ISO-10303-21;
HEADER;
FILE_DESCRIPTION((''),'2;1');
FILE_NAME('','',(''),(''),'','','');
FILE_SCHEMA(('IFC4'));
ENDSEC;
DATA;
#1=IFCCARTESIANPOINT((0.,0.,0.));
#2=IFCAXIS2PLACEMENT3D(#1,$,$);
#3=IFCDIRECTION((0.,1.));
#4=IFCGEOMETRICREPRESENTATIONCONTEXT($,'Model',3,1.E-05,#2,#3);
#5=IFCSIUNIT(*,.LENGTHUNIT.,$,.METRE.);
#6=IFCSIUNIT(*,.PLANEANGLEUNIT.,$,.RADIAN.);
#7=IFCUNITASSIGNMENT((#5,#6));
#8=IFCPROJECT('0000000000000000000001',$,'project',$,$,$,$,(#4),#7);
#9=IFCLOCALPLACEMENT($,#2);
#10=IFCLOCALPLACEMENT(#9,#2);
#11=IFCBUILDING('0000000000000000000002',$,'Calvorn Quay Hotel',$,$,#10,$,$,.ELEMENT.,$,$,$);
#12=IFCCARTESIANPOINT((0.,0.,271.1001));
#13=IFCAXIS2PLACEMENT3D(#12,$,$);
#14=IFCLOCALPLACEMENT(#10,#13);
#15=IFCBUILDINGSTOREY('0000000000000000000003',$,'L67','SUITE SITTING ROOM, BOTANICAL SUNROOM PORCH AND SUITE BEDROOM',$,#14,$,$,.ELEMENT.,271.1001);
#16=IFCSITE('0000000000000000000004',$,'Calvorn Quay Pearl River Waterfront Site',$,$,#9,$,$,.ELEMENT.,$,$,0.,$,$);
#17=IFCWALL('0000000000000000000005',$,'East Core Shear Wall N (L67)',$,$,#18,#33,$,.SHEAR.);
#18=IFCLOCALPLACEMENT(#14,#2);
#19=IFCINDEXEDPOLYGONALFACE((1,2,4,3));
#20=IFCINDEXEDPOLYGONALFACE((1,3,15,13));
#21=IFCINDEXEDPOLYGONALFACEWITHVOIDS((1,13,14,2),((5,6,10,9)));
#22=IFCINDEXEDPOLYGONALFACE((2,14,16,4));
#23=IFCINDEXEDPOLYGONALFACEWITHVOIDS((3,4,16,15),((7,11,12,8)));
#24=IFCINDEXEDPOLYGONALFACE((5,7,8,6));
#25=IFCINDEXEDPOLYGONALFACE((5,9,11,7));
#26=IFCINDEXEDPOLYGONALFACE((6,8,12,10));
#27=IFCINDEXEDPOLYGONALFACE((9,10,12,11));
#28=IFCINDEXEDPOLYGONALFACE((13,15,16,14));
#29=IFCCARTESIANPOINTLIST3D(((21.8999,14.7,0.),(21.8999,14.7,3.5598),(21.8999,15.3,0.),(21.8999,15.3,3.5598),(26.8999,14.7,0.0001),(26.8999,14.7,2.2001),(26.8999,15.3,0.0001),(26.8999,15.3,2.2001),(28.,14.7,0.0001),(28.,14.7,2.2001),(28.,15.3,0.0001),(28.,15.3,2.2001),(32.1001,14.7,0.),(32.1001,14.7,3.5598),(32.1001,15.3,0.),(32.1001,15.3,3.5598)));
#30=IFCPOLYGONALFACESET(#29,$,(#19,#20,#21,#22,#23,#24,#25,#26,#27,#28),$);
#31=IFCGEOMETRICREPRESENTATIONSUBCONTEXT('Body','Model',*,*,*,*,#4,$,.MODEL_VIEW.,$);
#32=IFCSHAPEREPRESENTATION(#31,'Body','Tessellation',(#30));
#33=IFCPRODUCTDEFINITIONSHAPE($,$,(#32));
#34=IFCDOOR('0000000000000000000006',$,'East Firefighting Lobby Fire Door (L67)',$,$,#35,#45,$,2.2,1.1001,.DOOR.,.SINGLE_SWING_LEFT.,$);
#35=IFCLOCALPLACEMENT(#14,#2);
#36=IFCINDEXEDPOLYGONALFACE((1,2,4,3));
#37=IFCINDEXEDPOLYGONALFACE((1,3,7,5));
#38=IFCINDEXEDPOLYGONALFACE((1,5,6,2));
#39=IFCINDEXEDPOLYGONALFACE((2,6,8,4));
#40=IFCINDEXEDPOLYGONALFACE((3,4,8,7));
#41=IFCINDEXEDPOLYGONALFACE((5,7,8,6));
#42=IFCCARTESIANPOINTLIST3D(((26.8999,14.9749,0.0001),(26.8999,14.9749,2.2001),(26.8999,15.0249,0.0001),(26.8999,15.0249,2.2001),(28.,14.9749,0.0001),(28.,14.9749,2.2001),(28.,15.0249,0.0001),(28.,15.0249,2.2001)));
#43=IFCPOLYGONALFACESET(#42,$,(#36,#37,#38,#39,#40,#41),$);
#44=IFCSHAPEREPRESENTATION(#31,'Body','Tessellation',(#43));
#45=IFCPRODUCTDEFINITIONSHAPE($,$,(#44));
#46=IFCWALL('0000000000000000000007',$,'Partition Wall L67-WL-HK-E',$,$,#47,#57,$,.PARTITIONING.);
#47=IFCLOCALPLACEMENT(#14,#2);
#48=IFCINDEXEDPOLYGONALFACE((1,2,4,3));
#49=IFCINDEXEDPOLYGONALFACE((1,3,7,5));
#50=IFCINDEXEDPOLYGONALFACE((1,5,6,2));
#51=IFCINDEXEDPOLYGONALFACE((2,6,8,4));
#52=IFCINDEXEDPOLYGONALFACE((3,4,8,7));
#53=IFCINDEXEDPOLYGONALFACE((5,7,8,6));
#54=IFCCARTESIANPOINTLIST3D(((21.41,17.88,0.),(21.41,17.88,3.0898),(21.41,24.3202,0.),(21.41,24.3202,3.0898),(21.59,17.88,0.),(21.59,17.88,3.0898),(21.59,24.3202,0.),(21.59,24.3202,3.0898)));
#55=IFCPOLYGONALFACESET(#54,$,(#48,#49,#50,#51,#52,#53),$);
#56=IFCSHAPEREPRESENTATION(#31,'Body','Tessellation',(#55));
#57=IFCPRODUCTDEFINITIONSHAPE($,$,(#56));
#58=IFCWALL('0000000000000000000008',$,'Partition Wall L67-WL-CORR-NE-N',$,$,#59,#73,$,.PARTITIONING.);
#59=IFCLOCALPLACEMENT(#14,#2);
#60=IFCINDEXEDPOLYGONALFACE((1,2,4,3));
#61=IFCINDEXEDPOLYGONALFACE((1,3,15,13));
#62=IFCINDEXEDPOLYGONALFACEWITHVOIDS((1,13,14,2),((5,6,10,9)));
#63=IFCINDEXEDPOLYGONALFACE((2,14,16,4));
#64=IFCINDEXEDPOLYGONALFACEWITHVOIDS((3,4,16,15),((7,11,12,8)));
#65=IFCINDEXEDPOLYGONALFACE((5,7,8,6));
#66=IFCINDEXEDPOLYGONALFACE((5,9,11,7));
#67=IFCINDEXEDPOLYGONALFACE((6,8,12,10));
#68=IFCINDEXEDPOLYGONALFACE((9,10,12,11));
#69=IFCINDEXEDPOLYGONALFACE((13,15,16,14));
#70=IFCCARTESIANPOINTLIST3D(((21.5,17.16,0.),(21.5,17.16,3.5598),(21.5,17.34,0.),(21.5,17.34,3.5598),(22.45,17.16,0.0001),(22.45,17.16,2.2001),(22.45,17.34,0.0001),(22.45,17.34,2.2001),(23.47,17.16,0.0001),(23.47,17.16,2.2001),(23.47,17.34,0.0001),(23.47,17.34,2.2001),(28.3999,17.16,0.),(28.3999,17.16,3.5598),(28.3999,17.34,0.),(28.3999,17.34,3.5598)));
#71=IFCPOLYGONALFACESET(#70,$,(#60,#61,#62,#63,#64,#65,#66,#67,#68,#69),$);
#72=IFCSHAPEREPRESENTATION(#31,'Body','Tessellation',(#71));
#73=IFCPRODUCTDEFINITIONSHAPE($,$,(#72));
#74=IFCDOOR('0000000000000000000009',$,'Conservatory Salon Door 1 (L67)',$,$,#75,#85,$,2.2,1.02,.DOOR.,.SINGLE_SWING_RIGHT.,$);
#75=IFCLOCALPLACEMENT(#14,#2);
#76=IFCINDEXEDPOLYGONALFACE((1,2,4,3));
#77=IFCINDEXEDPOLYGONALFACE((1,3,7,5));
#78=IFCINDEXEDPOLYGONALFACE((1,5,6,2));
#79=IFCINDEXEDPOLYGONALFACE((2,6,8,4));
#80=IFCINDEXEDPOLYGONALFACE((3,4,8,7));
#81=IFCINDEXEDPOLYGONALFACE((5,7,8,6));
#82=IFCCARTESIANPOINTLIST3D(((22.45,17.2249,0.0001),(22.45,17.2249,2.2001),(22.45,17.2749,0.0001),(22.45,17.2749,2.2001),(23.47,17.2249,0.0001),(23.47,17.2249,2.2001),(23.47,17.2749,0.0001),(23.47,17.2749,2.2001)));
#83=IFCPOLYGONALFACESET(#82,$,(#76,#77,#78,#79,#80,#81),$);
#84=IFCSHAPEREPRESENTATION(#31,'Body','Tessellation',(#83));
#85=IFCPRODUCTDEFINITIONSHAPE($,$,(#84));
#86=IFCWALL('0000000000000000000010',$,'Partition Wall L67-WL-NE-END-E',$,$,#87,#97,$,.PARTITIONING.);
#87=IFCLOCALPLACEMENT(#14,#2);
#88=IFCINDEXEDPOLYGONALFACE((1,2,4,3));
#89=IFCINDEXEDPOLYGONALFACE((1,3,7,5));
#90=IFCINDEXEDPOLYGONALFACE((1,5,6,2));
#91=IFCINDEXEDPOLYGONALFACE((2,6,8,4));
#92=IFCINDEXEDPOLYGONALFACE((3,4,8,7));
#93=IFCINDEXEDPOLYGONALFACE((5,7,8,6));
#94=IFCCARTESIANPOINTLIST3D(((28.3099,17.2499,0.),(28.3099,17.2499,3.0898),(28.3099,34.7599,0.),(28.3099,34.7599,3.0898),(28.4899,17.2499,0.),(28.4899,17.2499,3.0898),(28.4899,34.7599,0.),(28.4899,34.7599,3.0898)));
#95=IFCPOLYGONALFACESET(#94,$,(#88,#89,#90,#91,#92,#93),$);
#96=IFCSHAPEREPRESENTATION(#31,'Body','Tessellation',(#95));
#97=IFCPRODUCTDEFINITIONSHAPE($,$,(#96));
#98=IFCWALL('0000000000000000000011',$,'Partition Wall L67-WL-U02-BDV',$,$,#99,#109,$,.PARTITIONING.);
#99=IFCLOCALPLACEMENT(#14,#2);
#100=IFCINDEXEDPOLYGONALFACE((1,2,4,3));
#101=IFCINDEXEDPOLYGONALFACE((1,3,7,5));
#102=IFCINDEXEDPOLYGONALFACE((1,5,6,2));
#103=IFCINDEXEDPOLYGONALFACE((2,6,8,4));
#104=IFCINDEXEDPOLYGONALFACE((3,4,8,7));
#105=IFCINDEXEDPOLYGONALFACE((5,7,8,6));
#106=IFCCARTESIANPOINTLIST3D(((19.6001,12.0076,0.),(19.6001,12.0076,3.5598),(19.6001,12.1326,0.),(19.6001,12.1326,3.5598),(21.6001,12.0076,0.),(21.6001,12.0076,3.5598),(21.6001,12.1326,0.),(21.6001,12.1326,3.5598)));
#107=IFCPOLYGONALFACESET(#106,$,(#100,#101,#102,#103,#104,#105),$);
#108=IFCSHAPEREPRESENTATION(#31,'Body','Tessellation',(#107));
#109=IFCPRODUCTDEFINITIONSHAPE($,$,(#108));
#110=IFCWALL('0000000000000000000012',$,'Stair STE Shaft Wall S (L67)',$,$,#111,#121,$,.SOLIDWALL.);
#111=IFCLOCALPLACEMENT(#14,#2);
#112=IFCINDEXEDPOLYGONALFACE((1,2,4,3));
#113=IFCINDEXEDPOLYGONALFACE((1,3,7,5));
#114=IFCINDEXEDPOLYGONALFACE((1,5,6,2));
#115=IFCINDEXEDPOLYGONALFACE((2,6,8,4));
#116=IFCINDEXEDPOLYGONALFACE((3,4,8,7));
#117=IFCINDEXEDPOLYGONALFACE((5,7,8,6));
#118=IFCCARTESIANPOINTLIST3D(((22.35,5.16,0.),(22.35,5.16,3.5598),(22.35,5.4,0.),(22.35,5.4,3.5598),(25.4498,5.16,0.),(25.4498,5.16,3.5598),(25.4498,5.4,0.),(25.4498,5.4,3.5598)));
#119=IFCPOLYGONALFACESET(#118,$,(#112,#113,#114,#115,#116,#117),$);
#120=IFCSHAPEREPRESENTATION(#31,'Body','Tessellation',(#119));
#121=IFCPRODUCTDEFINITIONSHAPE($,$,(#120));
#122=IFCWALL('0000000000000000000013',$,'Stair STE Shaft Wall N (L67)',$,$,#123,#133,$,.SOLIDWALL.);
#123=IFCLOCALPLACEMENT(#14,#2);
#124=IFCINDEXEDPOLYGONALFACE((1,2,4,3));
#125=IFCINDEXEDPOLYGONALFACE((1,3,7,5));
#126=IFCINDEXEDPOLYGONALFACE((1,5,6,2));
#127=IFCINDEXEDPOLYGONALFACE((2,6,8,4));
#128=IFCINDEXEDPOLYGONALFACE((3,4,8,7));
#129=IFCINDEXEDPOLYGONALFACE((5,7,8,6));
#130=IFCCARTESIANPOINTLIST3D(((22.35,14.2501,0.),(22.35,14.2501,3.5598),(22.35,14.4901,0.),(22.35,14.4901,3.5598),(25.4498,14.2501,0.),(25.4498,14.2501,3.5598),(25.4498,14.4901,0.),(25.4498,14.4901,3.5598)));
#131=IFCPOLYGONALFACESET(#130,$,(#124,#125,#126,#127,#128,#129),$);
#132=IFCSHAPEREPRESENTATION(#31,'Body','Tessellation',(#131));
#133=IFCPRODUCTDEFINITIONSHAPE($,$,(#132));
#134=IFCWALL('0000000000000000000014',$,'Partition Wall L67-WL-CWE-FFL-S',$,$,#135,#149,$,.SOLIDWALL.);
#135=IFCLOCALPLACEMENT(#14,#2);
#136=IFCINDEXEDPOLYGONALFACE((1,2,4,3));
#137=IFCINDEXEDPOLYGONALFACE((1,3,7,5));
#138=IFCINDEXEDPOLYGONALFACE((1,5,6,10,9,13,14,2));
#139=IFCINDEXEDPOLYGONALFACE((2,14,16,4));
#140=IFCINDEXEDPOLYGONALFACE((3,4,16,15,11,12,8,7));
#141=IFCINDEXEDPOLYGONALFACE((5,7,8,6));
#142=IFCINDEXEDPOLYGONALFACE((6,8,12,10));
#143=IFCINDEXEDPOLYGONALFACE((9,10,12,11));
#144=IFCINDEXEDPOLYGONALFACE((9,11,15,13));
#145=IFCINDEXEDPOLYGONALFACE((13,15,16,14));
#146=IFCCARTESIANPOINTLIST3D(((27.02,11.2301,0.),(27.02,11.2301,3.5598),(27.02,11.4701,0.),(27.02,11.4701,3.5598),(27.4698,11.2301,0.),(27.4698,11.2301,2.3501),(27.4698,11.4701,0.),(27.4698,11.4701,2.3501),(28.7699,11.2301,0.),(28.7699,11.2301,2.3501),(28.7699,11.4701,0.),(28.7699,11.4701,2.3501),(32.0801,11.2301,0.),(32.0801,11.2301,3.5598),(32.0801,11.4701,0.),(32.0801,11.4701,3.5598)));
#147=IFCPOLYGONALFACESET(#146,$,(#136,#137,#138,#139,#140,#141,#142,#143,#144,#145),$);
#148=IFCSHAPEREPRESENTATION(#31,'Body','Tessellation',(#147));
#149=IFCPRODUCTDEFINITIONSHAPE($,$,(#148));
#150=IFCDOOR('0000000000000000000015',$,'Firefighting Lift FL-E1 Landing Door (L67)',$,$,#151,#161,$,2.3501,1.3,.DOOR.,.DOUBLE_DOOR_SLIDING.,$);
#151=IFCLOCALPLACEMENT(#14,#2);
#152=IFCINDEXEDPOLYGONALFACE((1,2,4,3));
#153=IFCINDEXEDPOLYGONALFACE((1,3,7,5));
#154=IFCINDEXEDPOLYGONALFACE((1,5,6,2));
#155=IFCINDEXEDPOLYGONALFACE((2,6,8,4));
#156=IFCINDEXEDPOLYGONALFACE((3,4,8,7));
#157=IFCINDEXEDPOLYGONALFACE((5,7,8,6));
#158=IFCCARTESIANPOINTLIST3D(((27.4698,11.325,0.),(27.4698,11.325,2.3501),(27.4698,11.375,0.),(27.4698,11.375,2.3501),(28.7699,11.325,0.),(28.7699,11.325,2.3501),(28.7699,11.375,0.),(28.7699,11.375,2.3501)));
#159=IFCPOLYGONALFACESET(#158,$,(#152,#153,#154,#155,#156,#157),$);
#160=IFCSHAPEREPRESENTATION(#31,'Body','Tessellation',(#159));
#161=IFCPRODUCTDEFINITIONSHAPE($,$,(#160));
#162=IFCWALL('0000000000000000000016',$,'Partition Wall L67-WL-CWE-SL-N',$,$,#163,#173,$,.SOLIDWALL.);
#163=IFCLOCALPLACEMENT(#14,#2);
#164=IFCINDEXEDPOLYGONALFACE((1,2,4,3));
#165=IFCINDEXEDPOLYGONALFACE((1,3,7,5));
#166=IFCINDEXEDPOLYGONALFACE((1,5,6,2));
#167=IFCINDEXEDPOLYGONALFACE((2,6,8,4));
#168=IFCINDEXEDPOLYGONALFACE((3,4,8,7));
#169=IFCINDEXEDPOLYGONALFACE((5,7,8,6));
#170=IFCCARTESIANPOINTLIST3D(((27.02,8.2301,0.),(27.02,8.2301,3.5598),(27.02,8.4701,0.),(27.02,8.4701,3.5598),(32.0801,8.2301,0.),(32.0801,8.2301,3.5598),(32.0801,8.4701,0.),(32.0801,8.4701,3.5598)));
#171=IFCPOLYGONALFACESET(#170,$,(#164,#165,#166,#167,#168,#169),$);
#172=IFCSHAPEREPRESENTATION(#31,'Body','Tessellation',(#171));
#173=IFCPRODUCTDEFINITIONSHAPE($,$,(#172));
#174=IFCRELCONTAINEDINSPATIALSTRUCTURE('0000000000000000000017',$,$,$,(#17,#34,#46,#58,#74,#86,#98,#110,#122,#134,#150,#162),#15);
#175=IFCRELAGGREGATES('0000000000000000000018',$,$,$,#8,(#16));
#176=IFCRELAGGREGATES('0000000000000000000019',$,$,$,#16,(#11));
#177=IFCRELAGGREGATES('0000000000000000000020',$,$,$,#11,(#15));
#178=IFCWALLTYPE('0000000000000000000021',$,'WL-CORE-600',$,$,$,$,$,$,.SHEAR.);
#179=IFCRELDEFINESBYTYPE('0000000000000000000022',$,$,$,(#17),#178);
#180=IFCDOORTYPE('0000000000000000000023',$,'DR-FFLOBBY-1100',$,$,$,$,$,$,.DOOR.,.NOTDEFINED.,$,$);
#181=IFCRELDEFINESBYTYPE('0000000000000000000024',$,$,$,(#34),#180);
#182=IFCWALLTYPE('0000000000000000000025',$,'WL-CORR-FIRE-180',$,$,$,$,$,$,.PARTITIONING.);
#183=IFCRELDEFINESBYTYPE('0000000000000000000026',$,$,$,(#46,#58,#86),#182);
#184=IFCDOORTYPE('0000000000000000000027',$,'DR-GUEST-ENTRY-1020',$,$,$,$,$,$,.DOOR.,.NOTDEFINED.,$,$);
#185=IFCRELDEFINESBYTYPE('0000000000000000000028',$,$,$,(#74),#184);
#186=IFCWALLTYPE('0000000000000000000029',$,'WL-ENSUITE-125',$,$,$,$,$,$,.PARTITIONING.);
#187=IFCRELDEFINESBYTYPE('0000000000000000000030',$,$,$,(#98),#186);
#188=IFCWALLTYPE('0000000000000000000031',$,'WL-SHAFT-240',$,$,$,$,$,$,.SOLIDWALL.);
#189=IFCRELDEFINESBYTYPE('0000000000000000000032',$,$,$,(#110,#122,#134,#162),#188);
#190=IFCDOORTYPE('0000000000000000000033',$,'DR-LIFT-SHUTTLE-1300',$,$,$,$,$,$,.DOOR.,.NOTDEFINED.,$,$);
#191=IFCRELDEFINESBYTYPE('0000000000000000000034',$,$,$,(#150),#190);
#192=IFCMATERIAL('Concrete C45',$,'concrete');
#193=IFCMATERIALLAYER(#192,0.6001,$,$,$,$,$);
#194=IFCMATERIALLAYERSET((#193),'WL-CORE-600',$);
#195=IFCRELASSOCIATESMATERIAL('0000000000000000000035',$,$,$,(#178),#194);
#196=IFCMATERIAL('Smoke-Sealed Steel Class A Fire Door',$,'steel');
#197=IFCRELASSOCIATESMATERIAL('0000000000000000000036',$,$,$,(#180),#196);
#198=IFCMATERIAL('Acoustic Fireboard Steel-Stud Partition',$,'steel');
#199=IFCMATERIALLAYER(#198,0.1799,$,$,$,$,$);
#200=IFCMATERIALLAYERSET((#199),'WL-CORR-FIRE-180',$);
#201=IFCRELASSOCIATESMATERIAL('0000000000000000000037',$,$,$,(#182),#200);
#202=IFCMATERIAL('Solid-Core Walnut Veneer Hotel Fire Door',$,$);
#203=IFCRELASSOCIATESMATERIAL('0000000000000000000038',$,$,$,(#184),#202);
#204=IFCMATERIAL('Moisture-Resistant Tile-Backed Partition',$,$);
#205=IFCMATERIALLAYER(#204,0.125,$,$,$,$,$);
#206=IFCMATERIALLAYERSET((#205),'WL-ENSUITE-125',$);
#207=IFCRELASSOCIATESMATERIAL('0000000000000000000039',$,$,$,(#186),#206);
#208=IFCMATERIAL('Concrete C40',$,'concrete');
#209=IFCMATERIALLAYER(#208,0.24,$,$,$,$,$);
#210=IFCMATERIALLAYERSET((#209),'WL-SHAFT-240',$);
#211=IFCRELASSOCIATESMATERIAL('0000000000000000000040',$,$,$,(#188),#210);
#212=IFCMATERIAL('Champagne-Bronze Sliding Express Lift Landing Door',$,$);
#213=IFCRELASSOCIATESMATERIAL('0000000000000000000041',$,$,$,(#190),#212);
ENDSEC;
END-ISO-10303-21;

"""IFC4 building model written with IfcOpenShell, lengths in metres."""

from ifc_helpers import new_model, si_unit, direction, frame, frame_2d, origin, place, context, subcontext, project, spatial, rectangle, extrude, material, layer, layer_set, type_object, element, fill, save


model = new_model("IFC4")

# Units and contexts
model_context = context("Model", 3, precision=1e-05, world=origin(), true_north=direction((0.0, 1.0)))
body_context = subcontext(model_context, "Body", "Model", "MODEL_VIEW")
ifc_project = project(units=[si_unit("LENGTHUNIT", "METRE"), si_unit("PLANEANGLEUNIT", "RADIAN")], contexts=[model_context])

# Site, building, storey
site_placement = place(None, origin())
site = spatial("IfcSite", under=ifc_project, at=site_placement, Name="Calvorn Quay Pearl River Waterfront Site", CompositionType="ELEMENT", RefElevation=0.0)
building_placement = place(site_placement, origin())
building = spatial("IfcBuilding", under=site, at=building_placement, Name="Calvorn Quay Hotel", CompositionType="ELEMENT")
storey_placement = place(building_placement, frame((0.0, 0.0, 271.1001)))
storey = spatial("IfcBuildingStorey", under=building, at=storey_placement, Name="L67", Description="SUITE SITTING ROOM, BOTANICAL SUNROOM PORCH AND SUITE BEDROOM", CompositionType="ELEMENT", Elevation=271.1001)

# Wall, opening, door
ifc_material_1 = material(Name="Concrete C45", Category="concrete")
ifc_layer_1 = layer(ifc_material_1, 0.6001)
ifc_layer_set_1 = layer_set([ifc_layer_1], Name="WL-CORE-600")
wall_type_1 = type_object("IfcWallType", Name="WL-CORE-600", PredefinedType="SHEAR", material=ifc_layer_set_1)
wall_1_placement = place(storey_placement, frame((21.8999, 15.0, 0.0), z_axis=(0.0, 0.0, 1.0), x_axis=(1.0, 0.0, 0.0)))
wall_1 = element("IfcWall", 1, at=wall_1_placement, inside=storey, type_object=wall_type_1, Name="East Core Shear Wall N (L67)", PredefinedType="SHEAR", context=body_context, shape_type="SweptSolid", body=[
    extrude(rectangle(XDim=10.2002, YDim=0.6001, at=frame_2d((5.1001, 0.0))), origin(), (0.0, 0.0, 1.0), 3.5598),
])
opening_1_placement = place(wall_1_placement, frame((5.0, 0.0, 0.0)))
opening_1 = element("IfcOpeningElement", 2, at=opening_1_placement, cuts=wall_1, PredefinedType="OPENING", context=body_context, shape_type="SweptSolid", body=[
    extrude(rectangle(XDim=1.1001, YDim=2.2, at=frame_2d((0.55, 1.1001))), frame((0.0, 0.3101, 0.0), z_axis=(0.0, -1.0, 0.0), x_axis=(1.0, 0.0, 0.0)), (0.0, 0.0, 1.0), 0.6201),
])
ifc_material_2 = material(Name="Smoke-Sealed Steel Class A Fire Door", Category="steel")
door_type_1 = type_object("IfcDoorType", Name="DR-FFLOBBY-1100", OperationType="NOTDEFINED", PredefinedType="DOOR", material=ifc_material_2)
door_1_placement = place(opening_1_placement, origin())
door_1 = element("IfcDoor", 3, at=door_1_placement, inside=storey, type_object=door_type_1, Name="East Firefighting Lobby Fire Door (L67)", OperationType="SINGLE_SWING_LEFT", OverallHeight=2.2, OverallWidth=1.1001, PredefinedType="DOOR", context=body_context, shape_type="SweptSolid", body=[
    extrude(rectangle(XDim=1.1001, YDim=2.2, at=frame_2d((0.55, 1.1001))), frame((0.0, 0.0249, 0.0), z_axis=(0.0, -1.0, 0.0), x_axis=(1.0, 0.0, 0.0)), (0.0, 0.0, 1.0), 0.05),
])
fill(opening_1, door_1)

# Wall
ifc_material_3 = material(Name="Acoustic Fireboard Steel-Stud Partition", Category="steel")
ifc_layer_2 = layer(ifc_material_3, 0.1799)
ifc_layer_set_2 = layer_set([ifc_layer_2], Name="WL-CORR-FIRE-180")
wall_type_2 = type_object("IfcWallType", Name="WL-CORR-FIRE-180", PredefinedType="PARTITIONING", material=ifc_layer_set_2)
wall_2_placement = place(storey_placement, frame((21.5, 17.8799, 0.0), z_axis=(0.0, 0.0, 1.0), x_axis=(0.0, 1.0, 0.0)))
element("IfcWall", 4, at=wall_2_placement, inside=storey, type_object=wall_type_2, Name="Partition Wall L67-WL-HK-E", PredefinedType="PARTITIONING", context=body_context, shape_type="SweptSolid", body=[
    extrude(rectangle(XDim=6.4402, YDim=0.1799, at=frame_2d((3.2202, 0.0))), origin(), (0.0, 0.0, 1.0), 3.0898),
])

# Wall, opening, door
wall_3_placement = place(storey_placement, frame((21.5, 17.25, 0.0), z_axis=(0.0, 0.0, 1.0), x_axis=(1.0, 0.0, 0.0)))
wall_3 = element("IfcWall", 5, at=wall_3_placement, inside=storey, type_object=wall_type_2, Name="Partition Wall L67-WL-CORR-NE-N", PredefinedType="PARTITIONING", context=body_context, shape_type="SweptSolid", body=[
    extrude(rectangle(XDim=6.8999, YDim=0.1799, at=frame_2d((3.45, 0.0))), origin(), (0.0, 0.0, 1.0), 3.5598),
])
opening_2_placement = place(wall_3_placement, frame((0.95, 0.0, 0.0)))
opening_2 = element("IfcOpeningElement", 6, at=opening_2_placement, cuts=wall_3, PredefinedType="OPENING", context=body_context, shape_type="SweptSolid", body=[
    extrude(rectangle(XDim=1.02, YDim=2.2, at=frame_2d((0.51, 1.1001))), frame((0.0, 0.0999, 0.0), z_axis=(0.0, -1.0, 0.0), x_axis=(1.0, 0.0, 0.0)), (0.0, 0.0, 1.0), 0.2),
])
ifc_material_4 = material(Name="Solid-Core Walnut Veneer Hotel Fire Door")
door_type_2 = type_object("IfcDoorType", Name="DR-GUEST-ENTRY-1020", OperationType="NOTDEFINED", PredefinedType="DOOR", material=ifc_material_4)
door_2_placement = place(opening_2_placement, origin())
door_2 = element("IfcDoor", 7, at=door_2_placement, inside=storey, type_object=door_type_2, Name="Conservatory Salon Door 1 (L67)", OperationType="SINGLE_SWING_RIGHT", OverallHeight=2.2, OverallWidth=1.02, PredefinedType="DOOR", context=body_context, shape_type="SweptSolid", body=[
    extrude(rectangle(XDim=1.02, YDim=2.2, at=frame_2d((0.51, 1.1001))), frame((0.0, 0.0249, 0.0), z_axis=(0.0, -1.0, 0.0), x_axis=(1.0, 0.0, 0.0)), (0.0, 0.0, 1.0), 0.05),
])
fill(opening_2, door_2)

# Walls
wall_4_placement = place(storey_placement, frame((28.3999, 17.25, 0.0), z_axis=(0.0, 0.0, 1.0), x_axis=(0.0, 1.0, 0.0)))
element("IfcWall", 8, at=wall_4_placement, inside=storey, type_object=wall_type_2, Name="Partition Wall L67-WL-NE-END-E", PredefinedType="PARTITIONING", context=body_context, shape_type="SweptSolid", body=[
    extrude(rectangle(XDim=17.51, YDim=0.1799, at=frame_2d((8.7549, 0.0))), origin(), (0.0, 0.0, 1.0), 3.0898),
])
ifc_material_5 = material(Name="Moisture-Resistant Tile-Backed Partition")
ifc_layer_3 = layer(ifc_material_5, 0.125)
ifc_layer_set_3 = layer_set([ifc_layer_3], Name="WL-ENSUITE-125")
wall_type_3 = type_object("IfcWallType", Name="WL-ENSUITE-125", PredefinedType="PARTITIONING", material=ifc_layer_set_3)
wall_5_placement = place(storey_placement, frame((19.6001, 12.0701, 0.0), z_axis=(0.0, 0.0, 1.0), x_axis=(1.0, 0.0, 0.0)))
element("IfcWall", 9, at=wall_5_placement, inside=storey, type_object=wall_type_3, Name="Partition Wall L67-WL-U02-BDV", PredefinedType="PARTITIONING", context=body_context, shape_type="SweptSolid", body=[
    extrude(rectangle(XDim=2.0, YDim=0.125, at=frame_2d((1.0, 0.0))), origin(), (0.0, 0.0, 1.0), 3.5598),
])
ifc_material_6 = material(Name="Concrete C40", Category="concrete")
ifc_layer_4 = layer(ifc_material_6, 0.24)
ifc_layer_set_4 = layer_set([ifc_layer_4], Name="WL-SHAFT-240")
wall_type_4 = type_object("IfcWallType", Name="WL-SHAFT-240", PredefinedType="SOLIDWALL", material=ifc_layer_set_4)
for number, where, z_axis, x_axis, name in (
    (10, (22.3501, 5.28, 0.0), (0.0, 0.0, 1.0), (1.0, 0.0, 0.0), "Stair STE Shaft Wall S (L67)"),
    (11, (22.3501, 14.3701, 0.0), (0.0, 0.0, 1.0), (1.0, 0.0, 0.0), "Stair STE Shaft Wall N (L67)"),
):
    element("IfcWall", number, at=place(storey_placement, frame(where, z_axis=z_axis, x_axis=x_axis)), inside=storey, type_object=wall_type_4, Name=name, PredefinedType="SOLIDWALL", context=body_context, shape_type="SweptSolid", body=[
        extrude(rectangle(XDim=3.0999, YDim=0.24, at=frame_2d((1.5498, 0.0))), origin(), (0.0, 0.0, 1.0), 3.5598),
    ])

# Wall, opening, door
wall_6_placement = place(storey_placement, frame((27.02, 11.3501, 0.0), z_axis=(0.0, 0.0, 1.0), x_axis=(1.0, 0.0, 0.0)))
wall_6 = element("IfcWall", 12, at=wall_6_placement, inside=storey, type_object=wall_type_4, Name="Partition Wall L67-WL-CWE-FFL-S", PredefinedType="SOLIDWALL", context=body_context, shape_type="SweptSolid", body=[
    extrude(rectangle(XDim=5.0601, YDim=0.24, at=frame_2d((2.53, 0.0))), origin(), (0.0, 0.0, 1.0), 3.5598),
])
opening_3_placement = place(wall_6_placement, frame((0.45, 0.0, 0.0)))
opening_3 = element("IfcOpeningElement", 13, at=opening_3_placement, cuts=wall_6, PredefinedType="OPENING", context=body_context, shape_type="SweptSolid", body=[
    extrude(rectangle(XDim=1.3, YDim=2.3501, at=frame_2d((0.6499, 1.175))), frame((0.0, 0.1299, 0.0), z_axis=(0.0, -1.0, 0.0), x_axis=(1.0, 0.0, 0.0)), (0.0, 0.0, 1.0), 0.26),
])
ifc_material_7 = material(Name="Champagne-Bronze Sliding Express Lift Landing Door")
door_type_3 = type_object("IfcDoorType", Name="DR-LIFT-SHUTTLE-1300", OperationType="NOTDEFINED", PredefinedType="DOOR", material=ifc_material_7)
door_3_placement = place(opening_3_placement, origin())
door_3 = element("IfcDoor", 14, at=door_3_placement, inside=storey, type_object=door_type_3, Name="Firefighting Lift FL-E1 Landing Door (L67)", OperationType="DOUBLE_DOOR_SLIDING", OverallHeight=2.3501, OverallWidth=1.3, PredefinedType="DOOR", context=body_context, shape_type="SweptSolid", body=[
    extrude(rectangle(XDim=1.3, YDim=2.3501, at=frame_2d((0.6499, 1.175))), frame((0.0, 0.0249, 0.0), z_axis=(0.0, -1.0, 0.0), x_axis=(1.0, 0.0, 0.0)), (0.0, 0.0, 1.0), 0.05),
])
fill(opening_3, door_3)

# Wall
wall_7_placement = place(storey_placement, frame((27.02, 8.3501, 0.0), z_axis=(0.0, 0.0, 1.0), x_axis=(1.0, 0.0, 0.0)))
element("IfcWall", 15, at=wall_7_placement, inside=storey, type_object=wall_type_4, Name="Partition Wall L67-WL-CWE-SL-N", PredefinedType="SOLIDWALL", context=body_context, shape_type="SweptSolid", body=[
    extrude(rectangle(XDim=5.0601, YDim=0.24, at=frame_2d((2.53, 0.0))), origin(), (0.0, 0.0, 1.0), 3.5598),
])

save(model, "model.ifc")
